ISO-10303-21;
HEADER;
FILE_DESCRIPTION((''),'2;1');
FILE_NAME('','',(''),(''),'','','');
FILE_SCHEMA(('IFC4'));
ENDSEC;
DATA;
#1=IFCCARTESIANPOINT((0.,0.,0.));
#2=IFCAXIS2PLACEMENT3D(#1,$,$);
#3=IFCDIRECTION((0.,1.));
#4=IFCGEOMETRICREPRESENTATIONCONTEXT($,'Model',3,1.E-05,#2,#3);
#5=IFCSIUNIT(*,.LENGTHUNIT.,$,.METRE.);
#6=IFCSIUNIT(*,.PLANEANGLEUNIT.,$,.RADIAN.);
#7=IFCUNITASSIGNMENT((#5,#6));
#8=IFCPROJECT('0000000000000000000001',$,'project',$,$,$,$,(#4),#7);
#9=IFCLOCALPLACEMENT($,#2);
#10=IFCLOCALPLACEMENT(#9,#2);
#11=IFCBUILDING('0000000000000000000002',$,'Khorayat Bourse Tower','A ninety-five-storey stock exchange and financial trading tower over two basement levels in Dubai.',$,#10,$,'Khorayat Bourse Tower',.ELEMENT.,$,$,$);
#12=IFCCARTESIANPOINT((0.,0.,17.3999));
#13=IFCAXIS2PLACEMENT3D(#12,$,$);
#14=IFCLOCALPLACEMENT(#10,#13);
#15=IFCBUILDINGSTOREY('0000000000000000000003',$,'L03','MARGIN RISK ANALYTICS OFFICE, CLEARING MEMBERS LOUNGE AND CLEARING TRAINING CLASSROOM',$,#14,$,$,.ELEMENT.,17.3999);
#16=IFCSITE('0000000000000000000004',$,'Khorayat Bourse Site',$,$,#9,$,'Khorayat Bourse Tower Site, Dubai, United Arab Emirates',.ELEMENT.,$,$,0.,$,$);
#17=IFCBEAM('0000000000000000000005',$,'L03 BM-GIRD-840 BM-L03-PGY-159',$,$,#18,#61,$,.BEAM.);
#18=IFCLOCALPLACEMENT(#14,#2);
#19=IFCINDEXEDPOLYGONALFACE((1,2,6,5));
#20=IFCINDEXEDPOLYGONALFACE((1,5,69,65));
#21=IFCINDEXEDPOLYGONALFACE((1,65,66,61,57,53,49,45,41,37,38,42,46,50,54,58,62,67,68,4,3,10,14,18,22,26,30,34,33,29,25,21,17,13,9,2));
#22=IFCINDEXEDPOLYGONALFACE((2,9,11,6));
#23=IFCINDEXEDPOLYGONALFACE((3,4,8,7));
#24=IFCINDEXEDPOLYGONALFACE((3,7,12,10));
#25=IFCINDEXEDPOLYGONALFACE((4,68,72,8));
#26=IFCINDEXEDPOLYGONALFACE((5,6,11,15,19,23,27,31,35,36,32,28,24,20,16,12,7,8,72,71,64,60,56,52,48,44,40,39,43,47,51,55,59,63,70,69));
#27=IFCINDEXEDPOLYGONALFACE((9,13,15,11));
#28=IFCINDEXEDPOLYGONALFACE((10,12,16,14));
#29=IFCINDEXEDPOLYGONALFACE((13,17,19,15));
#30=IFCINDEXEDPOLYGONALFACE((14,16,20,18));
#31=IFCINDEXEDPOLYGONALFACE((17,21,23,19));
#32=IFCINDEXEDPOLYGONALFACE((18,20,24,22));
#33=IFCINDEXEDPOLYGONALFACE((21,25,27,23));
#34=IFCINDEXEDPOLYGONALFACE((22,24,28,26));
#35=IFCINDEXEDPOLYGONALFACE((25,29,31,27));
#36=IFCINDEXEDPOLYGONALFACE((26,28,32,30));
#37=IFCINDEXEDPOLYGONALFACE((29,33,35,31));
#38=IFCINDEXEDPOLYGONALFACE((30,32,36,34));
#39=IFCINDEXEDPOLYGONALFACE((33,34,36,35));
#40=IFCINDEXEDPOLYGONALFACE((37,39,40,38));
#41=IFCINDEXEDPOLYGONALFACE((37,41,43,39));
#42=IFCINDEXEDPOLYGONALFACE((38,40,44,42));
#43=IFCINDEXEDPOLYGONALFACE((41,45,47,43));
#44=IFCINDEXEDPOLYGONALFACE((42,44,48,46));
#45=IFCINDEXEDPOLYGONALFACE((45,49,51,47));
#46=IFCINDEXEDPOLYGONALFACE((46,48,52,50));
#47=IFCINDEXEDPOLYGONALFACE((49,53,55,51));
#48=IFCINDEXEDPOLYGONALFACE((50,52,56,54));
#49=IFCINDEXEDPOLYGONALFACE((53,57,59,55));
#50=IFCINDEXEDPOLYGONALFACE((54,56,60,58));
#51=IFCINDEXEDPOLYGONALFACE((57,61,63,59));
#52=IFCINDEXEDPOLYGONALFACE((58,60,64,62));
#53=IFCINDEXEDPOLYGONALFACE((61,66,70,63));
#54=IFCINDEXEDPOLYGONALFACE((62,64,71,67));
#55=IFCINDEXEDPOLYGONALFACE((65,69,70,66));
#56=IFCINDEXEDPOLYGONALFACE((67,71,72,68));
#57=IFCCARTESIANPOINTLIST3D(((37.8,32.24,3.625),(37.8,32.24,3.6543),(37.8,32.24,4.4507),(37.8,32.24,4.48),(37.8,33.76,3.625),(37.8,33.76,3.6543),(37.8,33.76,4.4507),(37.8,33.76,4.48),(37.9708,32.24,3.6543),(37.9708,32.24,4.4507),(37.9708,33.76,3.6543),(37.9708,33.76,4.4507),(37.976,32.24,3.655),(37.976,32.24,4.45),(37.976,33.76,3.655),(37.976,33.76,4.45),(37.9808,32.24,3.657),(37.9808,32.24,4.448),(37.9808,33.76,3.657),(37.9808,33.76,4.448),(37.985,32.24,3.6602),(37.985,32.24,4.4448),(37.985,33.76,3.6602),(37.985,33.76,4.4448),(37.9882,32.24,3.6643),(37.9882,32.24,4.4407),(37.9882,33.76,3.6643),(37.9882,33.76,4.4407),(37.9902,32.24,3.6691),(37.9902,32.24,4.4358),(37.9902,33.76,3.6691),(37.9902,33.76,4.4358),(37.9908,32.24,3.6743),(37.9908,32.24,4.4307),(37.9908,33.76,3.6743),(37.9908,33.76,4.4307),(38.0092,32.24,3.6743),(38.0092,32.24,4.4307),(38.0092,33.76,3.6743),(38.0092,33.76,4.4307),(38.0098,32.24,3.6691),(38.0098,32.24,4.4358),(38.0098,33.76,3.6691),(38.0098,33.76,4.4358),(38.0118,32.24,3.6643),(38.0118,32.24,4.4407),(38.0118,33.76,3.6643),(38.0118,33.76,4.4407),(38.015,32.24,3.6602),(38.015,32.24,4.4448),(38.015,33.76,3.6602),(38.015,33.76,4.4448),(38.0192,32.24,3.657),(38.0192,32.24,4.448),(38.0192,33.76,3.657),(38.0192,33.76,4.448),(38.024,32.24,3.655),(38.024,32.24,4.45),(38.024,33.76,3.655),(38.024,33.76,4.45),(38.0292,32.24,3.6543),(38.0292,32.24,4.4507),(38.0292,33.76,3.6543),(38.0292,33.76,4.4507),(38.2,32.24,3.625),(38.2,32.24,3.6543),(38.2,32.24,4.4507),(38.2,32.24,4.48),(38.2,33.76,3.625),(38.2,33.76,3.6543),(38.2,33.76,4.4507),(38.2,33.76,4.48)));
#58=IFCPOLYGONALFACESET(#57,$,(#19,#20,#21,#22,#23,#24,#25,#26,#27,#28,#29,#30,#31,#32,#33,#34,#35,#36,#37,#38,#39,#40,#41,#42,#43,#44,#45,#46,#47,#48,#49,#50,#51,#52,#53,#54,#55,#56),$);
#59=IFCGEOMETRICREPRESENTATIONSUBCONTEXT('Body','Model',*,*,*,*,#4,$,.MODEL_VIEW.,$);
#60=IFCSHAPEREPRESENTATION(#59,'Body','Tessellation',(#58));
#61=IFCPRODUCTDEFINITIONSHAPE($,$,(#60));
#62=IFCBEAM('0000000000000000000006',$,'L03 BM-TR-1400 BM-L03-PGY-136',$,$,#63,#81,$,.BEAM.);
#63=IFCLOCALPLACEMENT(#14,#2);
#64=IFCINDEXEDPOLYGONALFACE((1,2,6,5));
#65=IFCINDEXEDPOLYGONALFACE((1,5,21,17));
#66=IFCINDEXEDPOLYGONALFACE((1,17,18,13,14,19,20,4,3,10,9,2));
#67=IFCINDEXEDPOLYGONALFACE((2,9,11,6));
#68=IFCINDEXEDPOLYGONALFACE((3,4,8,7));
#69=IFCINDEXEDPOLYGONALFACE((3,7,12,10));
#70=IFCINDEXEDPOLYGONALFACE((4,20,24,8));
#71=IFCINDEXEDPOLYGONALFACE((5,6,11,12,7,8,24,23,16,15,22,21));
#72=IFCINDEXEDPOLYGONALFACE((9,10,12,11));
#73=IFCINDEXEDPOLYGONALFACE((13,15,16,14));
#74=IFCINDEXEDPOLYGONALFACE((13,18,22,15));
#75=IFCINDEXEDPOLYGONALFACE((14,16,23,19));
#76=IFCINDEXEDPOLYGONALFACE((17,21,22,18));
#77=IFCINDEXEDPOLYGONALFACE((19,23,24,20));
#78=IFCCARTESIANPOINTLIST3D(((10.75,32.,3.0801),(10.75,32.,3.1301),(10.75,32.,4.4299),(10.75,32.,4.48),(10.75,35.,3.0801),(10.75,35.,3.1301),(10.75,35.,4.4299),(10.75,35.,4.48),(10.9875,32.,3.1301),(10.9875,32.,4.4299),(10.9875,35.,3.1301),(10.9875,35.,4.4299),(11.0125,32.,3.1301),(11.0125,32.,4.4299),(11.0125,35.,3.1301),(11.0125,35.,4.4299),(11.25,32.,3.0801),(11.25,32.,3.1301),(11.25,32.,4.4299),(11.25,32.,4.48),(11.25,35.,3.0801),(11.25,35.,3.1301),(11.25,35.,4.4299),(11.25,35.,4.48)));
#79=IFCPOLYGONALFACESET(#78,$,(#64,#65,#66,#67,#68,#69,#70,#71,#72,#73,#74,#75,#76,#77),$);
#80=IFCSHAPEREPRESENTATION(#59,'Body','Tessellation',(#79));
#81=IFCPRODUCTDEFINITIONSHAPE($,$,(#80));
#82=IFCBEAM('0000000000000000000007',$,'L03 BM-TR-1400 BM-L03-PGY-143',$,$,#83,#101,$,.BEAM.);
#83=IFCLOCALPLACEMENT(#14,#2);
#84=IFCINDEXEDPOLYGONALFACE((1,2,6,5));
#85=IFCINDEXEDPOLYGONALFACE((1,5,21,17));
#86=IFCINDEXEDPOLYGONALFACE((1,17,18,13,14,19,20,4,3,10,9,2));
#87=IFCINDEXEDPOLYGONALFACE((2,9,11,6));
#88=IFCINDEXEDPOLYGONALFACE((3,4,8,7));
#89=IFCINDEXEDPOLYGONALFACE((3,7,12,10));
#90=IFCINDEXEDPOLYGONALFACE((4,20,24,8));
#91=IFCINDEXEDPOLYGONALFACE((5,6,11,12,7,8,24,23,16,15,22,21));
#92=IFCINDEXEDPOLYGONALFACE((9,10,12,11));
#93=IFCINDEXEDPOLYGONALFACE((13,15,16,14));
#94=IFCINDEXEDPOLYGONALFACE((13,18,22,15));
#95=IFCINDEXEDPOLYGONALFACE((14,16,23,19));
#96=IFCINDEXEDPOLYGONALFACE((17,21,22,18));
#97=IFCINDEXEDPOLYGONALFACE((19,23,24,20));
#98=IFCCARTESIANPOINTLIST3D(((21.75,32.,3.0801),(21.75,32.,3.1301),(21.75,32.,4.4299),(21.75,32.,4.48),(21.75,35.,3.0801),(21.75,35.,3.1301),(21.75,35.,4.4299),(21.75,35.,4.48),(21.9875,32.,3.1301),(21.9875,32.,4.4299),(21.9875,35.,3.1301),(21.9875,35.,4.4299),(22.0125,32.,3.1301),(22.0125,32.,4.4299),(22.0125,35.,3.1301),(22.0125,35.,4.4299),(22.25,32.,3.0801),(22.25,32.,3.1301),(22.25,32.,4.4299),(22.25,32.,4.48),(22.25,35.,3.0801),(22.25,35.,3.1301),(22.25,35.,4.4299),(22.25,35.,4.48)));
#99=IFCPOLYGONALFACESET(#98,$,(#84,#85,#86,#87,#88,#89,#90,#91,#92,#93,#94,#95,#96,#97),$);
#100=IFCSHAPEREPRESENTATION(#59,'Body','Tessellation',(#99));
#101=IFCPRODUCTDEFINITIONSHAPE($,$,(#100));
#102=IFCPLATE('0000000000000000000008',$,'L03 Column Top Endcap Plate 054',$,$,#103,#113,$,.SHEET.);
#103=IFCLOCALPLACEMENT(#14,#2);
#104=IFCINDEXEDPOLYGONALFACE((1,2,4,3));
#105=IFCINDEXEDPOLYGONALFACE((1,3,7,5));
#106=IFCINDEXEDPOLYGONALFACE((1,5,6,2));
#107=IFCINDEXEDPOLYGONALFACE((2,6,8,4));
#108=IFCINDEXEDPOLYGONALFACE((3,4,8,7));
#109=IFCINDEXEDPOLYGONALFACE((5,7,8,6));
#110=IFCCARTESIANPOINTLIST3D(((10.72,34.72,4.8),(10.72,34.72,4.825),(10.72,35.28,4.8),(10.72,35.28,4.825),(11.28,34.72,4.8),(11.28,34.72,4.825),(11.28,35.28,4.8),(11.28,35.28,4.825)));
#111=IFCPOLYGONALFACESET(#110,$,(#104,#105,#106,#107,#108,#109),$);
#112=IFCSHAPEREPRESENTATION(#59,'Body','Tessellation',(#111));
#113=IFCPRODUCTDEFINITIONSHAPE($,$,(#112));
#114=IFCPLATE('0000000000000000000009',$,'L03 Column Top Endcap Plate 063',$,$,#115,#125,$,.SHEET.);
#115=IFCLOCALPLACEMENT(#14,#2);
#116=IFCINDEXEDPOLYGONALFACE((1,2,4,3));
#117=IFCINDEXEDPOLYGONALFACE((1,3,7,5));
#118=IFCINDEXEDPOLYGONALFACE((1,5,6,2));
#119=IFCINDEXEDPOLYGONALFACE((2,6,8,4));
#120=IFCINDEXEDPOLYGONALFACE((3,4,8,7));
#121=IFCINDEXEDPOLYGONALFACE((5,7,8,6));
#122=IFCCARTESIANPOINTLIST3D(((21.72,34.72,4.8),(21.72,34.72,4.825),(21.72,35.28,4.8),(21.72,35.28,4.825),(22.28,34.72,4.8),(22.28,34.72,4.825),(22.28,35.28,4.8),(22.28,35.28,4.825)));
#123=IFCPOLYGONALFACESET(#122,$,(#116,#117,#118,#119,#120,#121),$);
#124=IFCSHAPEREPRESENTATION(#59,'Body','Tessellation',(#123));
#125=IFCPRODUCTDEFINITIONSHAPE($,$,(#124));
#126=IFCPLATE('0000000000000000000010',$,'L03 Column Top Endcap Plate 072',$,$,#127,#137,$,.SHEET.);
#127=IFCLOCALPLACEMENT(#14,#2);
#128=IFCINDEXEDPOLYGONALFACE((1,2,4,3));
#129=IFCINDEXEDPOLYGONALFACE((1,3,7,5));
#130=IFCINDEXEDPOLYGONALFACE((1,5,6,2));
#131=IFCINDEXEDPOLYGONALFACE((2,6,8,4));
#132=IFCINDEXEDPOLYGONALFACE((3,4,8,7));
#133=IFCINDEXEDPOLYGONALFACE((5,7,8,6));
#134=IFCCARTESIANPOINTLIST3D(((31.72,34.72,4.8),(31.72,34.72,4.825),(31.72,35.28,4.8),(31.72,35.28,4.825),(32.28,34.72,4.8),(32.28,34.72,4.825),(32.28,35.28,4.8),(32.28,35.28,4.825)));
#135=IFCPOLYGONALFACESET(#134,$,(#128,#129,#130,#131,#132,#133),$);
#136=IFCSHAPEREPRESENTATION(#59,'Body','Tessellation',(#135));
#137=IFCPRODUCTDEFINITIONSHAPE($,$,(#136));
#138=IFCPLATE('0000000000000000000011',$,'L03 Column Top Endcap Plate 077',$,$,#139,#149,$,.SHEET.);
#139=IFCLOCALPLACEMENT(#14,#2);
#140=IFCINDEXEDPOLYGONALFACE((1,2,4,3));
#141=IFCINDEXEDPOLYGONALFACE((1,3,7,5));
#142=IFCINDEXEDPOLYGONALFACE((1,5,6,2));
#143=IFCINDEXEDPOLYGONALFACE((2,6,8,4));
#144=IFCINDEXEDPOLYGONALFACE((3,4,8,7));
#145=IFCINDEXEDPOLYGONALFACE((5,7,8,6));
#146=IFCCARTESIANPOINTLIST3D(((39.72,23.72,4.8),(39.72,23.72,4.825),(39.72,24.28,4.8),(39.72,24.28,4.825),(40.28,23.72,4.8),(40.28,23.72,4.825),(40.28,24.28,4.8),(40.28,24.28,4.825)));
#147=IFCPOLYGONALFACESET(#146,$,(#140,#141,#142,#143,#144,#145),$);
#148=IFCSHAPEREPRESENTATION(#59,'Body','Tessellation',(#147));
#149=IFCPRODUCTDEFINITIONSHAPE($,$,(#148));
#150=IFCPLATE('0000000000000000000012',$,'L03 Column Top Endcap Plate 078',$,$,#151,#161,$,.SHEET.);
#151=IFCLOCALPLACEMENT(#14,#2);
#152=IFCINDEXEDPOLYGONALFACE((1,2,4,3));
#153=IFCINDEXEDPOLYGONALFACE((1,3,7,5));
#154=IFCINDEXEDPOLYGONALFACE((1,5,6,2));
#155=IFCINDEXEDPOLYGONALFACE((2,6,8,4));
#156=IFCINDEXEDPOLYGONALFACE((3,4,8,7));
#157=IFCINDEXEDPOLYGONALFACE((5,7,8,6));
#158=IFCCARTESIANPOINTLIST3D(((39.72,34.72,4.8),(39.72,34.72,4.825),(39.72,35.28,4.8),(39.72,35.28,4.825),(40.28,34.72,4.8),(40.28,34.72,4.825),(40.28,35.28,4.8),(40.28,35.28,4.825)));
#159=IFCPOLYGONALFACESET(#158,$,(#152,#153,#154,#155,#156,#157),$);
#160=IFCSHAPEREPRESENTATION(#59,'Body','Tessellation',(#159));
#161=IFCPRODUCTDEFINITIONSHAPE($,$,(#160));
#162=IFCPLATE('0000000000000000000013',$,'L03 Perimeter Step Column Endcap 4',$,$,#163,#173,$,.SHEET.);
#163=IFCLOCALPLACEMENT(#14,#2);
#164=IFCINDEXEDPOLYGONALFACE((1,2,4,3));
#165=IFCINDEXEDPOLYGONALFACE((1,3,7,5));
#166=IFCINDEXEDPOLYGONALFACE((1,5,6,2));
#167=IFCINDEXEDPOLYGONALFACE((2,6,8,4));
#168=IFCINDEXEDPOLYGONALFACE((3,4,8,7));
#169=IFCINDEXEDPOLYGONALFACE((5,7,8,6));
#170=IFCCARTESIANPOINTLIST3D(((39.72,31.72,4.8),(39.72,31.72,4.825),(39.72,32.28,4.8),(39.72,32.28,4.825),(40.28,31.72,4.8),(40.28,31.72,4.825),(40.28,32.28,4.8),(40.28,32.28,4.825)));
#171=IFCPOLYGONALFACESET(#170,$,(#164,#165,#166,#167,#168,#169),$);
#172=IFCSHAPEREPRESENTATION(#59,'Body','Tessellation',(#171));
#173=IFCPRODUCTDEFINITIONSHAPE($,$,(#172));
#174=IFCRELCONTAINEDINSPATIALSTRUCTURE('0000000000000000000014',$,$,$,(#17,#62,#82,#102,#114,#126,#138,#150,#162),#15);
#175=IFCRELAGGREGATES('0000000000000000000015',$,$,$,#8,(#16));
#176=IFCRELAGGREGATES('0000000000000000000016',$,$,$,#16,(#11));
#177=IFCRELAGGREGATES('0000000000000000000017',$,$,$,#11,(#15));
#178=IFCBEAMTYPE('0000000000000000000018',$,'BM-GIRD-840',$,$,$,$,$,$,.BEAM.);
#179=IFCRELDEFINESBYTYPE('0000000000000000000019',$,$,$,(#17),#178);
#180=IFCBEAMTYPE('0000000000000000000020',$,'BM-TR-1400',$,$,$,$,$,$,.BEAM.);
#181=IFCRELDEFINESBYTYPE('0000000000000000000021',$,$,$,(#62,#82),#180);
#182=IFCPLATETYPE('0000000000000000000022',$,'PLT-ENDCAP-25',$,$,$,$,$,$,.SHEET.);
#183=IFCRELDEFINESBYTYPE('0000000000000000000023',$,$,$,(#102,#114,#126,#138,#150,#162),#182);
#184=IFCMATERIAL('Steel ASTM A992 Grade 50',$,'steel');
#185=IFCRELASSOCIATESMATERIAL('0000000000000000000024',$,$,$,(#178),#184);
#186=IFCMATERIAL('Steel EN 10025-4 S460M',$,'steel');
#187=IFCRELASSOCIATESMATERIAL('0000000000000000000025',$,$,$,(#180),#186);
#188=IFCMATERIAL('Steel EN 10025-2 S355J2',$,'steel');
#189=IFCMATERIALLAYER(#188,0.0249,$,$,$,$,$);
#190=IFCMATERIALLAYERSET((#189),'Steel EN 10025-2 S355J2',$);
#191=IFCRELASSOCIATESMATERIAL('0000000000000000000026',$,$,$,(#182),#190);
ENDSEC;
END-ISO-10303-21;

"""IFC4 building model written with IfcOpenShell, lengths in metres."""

from ifc_helpers import new_model, si_unit, direction, frame, origin, origin_2d, place, context, subcontext, project, spatial, rectangle, i_section, extrude, source, transform, mapped, material, layer, layer_set, material_profile, profile_set, type_object, element, save


model = new_model("IFC4")

# Units and contexts
model_context = context("Model", 3, precision=1e-05, world=origin(), true_north=direction((0.0, 1.0)))
body_context = subcontext(model_context, "Body", "Model", "MODEL_VIEW")
ifc_project = project(units=[si_unit("LENGTHUNIT", "METRE"), si_unit("PLANEANGLEUNIT", "RADIAN")], contexts=[model_context])

# Site, building, storey
site_placement = place(None, origin())
site = spatial("IfcSite", under=ifc_project, at=site_placement, Name="Khorayat Bourse Site", LongName="Khorayat Bourse Tower Site, Dubai, United Arab Emirates", CompositionType="ELEMENT", RefElevation=0.0)
building_placement = place(site_placement, origin())
building = spatial("IfcBuilding", under=site, at=building_placement, Name="Khorayat Bourse Tower", Description="A ninety-five-storey stock exchange and financial trading tower over two basement levels in Dubai.", LongName="Khorayat Bourse Tower", CompositionType="ELEMENT")
storey_placement = place(building_placement, frame((0.0, 0.0, 17.3999)))
storey = spatial("IfcBuildingStorey", under=building, at=storey_placement, Name="L03", Description="MARGIN RISK ANALYTICS OFFICE, CLEARING MEMBERS LOUNGE AND CLEARING TRAINING CLASSROOM", CompositionType="ELEMENT", Elevation=17.3999)

# Shared definitions
ifc_material_1 = material(Name="Steel EN 10025-2 S355J2", Category="steel")

# Beams
ifc_material_2 = material(Name="Steel EN 10025-4 S460M", Category="steel")
ifc_material_3 = material(Name="Steel ASTM A992 Grade 50", Category="steel")
ifc_material_profile_1 = material_profile(ifc_material_3, i_section(OverallWidth=0.3999, OverallDepth=0.855, WebThickness=0.0183, FlangeThickness=0.0293, FilletRadius=0.02, at=origin_2d()), Name="W840X299")
ifc_profile_set_1 = profile_set([ifc_material_profile_1], Name="Steel ASTM A992 Grade 50")
beam_type_1 = type_object("IfcBeamType", Name="BM-GIRD-840", PredefinedType="BEAM", material=ifc_profile_set_1)
shared_shape_1 = source(origin(), body_context, "Body", "SweptSolid", [
    extrude(i_section(OverallWidth=0.3999, OverallDepth=0.855, WebThickness=0.0183, FlangeThickness=0.0293, FilletRadius=0.02, at=origin_2d()), origin(), (0.0, 0.0, 1.0), 1.52),
])
beam_1_placement = place(storey_placement, frame((38.0, 32.24, 4.0525), z_axis=(0.0, 1.0, 0.0), x_axis=(-1.0, 0.0, 0.0)))
element("IfcBeam", 1, at=beam_1_placement, inside=storey, type_object=beam_type_1, Name="L03 BM-GIRD-840 BM-L03-PGY-159", PredefinedType="BEAM", context=body_context, shape_type="MappedRepresentation", body=[
    mapped(shared_shape_1, transform((0.0, 0.0, 0.0), scale=1.0)),
])
ifc_material_profile_2 = material_profile(ifc_material_2, i_section(OverallWidth=0.5, OverallDepth=1.3999, WebThickness=0.0249, FlangeThickness=0.05, at=origin_2d()), Name="PG 1400x500x25x50")
ifc_profile_set_2 = profile_set([ifc_material_profile_2], Name="Steel EN 10025-4 S460M")
beam_type_2 = type_object("IfcBeamType", Name="BM-TR-1400", PredefinedType="BEAM", material=ifc_profile_set_2)
shared_shape_2 = source(origin(), body_context, "Body", "SweptSolid", [
    extrude(i_section(OverallWidth=0.5, OverallDepth=1.3999, WebThickness=0.0249, FlangeThickness=0.05, at=origin_2d()), origin(), (0.0, 0.0, 1.0), 3.0),
])
for number, where, z_axis, x_axis, name in (
    (2, (11.0, 32.0, 3.78), (0.0, 1.0, 0.0), (-1.0, 0.0, 0.0), "L03 BM-TR-1400 BM-L03-PGY-136"),
    (3, (22.0, 32.0, 3.78), (0.0, 1.0, 0.0), (-1.0, 0.0, 0.0), "L03 BM-TR-1400 BM-L03-PGY-143"),
):
    element("IfcBeam", number, at=place(storey_placement, frame(where, z_axis=z_axis, x_axis=x_axis)), inside=storey, type_object=beam_type_2, Name=name, PredefinedType="BEAM", context=body_context, shape_type="MappedRepresentation", body=[
        mapped(shared_shape_2, transform((0.0, 0.0, 0.0), scale=1.0)),
    ])

# Plates
ifc_layer = layer(ifc_material_1, 0.0249)
ifc_layer_set = layer_set([ifc_layer], Name="Steel EN 10025-2 S355J2")
plate_type = type_object("IfcPlateType", Name="PLT-ENDCAP-25", PredefinedType="SHEET", material=ifc_layer_set)
shared_shape_3 = source(origin(), body_context, "Body", "SweptSolid", [
    extrude(rectangle(XDim=0.5601, YDim=0.5601, at=origin_2d()), origin(), (0.0, 0.0, 1.0), 0.0249),
])
for number, where, z_axis, x_axis, name in (
    (4, (11.0, 35.0, 4.8), (0.0, 0.0, 1.0), (1.0, 0.0, 0.0), "L03 Column Top Endcap Plate 054"),
    (5, (22.0, 35.0, 4.8), (0.0, 0.0, 1.0), (1.0, 0.0, 0.0), "L03 Column Top Endcap Plate 063"),
    (6, (32.0, 35.0, 4.8), (0.0, 0.0, 1.0), (1.0, 0.0, 0.0), "L03 Column Top Endcap Plate 072"),
    (7, (40.0, 24.0, 4.8), (0.0, 0.0, 1.0), (1.0, 0.0, 0.0), "L03 Column Top Endcap Plate 077"),
    (8, (40.0, 35.0, 4.8), (0.0, 0.0, 1.0), (1.0, 0.0, 0.0), "L03 Column Top Endcap Plate 078"),
    (9, (40.0, 32.0, 4.8), (0.0, 0.0, 1.0), (1.0, 0.0, 0.0), "L03 Perimeter Step Column Endcap 4"),
):
    element("IfcPlate", number, at=place(storey_placement, frame(where, z_axis=z_axis, x_axis=x_axis)), inside=storey, type_object=plate_type, Name=name, PredefinedType="SHEET", context=body_context, shape_type="MappedRepresentation", body=[
        mapped(shared_shape_3, transform((0.0, 0.0, 0.0), scale=1.0)),
    ])

save(model, "model.ifc")
